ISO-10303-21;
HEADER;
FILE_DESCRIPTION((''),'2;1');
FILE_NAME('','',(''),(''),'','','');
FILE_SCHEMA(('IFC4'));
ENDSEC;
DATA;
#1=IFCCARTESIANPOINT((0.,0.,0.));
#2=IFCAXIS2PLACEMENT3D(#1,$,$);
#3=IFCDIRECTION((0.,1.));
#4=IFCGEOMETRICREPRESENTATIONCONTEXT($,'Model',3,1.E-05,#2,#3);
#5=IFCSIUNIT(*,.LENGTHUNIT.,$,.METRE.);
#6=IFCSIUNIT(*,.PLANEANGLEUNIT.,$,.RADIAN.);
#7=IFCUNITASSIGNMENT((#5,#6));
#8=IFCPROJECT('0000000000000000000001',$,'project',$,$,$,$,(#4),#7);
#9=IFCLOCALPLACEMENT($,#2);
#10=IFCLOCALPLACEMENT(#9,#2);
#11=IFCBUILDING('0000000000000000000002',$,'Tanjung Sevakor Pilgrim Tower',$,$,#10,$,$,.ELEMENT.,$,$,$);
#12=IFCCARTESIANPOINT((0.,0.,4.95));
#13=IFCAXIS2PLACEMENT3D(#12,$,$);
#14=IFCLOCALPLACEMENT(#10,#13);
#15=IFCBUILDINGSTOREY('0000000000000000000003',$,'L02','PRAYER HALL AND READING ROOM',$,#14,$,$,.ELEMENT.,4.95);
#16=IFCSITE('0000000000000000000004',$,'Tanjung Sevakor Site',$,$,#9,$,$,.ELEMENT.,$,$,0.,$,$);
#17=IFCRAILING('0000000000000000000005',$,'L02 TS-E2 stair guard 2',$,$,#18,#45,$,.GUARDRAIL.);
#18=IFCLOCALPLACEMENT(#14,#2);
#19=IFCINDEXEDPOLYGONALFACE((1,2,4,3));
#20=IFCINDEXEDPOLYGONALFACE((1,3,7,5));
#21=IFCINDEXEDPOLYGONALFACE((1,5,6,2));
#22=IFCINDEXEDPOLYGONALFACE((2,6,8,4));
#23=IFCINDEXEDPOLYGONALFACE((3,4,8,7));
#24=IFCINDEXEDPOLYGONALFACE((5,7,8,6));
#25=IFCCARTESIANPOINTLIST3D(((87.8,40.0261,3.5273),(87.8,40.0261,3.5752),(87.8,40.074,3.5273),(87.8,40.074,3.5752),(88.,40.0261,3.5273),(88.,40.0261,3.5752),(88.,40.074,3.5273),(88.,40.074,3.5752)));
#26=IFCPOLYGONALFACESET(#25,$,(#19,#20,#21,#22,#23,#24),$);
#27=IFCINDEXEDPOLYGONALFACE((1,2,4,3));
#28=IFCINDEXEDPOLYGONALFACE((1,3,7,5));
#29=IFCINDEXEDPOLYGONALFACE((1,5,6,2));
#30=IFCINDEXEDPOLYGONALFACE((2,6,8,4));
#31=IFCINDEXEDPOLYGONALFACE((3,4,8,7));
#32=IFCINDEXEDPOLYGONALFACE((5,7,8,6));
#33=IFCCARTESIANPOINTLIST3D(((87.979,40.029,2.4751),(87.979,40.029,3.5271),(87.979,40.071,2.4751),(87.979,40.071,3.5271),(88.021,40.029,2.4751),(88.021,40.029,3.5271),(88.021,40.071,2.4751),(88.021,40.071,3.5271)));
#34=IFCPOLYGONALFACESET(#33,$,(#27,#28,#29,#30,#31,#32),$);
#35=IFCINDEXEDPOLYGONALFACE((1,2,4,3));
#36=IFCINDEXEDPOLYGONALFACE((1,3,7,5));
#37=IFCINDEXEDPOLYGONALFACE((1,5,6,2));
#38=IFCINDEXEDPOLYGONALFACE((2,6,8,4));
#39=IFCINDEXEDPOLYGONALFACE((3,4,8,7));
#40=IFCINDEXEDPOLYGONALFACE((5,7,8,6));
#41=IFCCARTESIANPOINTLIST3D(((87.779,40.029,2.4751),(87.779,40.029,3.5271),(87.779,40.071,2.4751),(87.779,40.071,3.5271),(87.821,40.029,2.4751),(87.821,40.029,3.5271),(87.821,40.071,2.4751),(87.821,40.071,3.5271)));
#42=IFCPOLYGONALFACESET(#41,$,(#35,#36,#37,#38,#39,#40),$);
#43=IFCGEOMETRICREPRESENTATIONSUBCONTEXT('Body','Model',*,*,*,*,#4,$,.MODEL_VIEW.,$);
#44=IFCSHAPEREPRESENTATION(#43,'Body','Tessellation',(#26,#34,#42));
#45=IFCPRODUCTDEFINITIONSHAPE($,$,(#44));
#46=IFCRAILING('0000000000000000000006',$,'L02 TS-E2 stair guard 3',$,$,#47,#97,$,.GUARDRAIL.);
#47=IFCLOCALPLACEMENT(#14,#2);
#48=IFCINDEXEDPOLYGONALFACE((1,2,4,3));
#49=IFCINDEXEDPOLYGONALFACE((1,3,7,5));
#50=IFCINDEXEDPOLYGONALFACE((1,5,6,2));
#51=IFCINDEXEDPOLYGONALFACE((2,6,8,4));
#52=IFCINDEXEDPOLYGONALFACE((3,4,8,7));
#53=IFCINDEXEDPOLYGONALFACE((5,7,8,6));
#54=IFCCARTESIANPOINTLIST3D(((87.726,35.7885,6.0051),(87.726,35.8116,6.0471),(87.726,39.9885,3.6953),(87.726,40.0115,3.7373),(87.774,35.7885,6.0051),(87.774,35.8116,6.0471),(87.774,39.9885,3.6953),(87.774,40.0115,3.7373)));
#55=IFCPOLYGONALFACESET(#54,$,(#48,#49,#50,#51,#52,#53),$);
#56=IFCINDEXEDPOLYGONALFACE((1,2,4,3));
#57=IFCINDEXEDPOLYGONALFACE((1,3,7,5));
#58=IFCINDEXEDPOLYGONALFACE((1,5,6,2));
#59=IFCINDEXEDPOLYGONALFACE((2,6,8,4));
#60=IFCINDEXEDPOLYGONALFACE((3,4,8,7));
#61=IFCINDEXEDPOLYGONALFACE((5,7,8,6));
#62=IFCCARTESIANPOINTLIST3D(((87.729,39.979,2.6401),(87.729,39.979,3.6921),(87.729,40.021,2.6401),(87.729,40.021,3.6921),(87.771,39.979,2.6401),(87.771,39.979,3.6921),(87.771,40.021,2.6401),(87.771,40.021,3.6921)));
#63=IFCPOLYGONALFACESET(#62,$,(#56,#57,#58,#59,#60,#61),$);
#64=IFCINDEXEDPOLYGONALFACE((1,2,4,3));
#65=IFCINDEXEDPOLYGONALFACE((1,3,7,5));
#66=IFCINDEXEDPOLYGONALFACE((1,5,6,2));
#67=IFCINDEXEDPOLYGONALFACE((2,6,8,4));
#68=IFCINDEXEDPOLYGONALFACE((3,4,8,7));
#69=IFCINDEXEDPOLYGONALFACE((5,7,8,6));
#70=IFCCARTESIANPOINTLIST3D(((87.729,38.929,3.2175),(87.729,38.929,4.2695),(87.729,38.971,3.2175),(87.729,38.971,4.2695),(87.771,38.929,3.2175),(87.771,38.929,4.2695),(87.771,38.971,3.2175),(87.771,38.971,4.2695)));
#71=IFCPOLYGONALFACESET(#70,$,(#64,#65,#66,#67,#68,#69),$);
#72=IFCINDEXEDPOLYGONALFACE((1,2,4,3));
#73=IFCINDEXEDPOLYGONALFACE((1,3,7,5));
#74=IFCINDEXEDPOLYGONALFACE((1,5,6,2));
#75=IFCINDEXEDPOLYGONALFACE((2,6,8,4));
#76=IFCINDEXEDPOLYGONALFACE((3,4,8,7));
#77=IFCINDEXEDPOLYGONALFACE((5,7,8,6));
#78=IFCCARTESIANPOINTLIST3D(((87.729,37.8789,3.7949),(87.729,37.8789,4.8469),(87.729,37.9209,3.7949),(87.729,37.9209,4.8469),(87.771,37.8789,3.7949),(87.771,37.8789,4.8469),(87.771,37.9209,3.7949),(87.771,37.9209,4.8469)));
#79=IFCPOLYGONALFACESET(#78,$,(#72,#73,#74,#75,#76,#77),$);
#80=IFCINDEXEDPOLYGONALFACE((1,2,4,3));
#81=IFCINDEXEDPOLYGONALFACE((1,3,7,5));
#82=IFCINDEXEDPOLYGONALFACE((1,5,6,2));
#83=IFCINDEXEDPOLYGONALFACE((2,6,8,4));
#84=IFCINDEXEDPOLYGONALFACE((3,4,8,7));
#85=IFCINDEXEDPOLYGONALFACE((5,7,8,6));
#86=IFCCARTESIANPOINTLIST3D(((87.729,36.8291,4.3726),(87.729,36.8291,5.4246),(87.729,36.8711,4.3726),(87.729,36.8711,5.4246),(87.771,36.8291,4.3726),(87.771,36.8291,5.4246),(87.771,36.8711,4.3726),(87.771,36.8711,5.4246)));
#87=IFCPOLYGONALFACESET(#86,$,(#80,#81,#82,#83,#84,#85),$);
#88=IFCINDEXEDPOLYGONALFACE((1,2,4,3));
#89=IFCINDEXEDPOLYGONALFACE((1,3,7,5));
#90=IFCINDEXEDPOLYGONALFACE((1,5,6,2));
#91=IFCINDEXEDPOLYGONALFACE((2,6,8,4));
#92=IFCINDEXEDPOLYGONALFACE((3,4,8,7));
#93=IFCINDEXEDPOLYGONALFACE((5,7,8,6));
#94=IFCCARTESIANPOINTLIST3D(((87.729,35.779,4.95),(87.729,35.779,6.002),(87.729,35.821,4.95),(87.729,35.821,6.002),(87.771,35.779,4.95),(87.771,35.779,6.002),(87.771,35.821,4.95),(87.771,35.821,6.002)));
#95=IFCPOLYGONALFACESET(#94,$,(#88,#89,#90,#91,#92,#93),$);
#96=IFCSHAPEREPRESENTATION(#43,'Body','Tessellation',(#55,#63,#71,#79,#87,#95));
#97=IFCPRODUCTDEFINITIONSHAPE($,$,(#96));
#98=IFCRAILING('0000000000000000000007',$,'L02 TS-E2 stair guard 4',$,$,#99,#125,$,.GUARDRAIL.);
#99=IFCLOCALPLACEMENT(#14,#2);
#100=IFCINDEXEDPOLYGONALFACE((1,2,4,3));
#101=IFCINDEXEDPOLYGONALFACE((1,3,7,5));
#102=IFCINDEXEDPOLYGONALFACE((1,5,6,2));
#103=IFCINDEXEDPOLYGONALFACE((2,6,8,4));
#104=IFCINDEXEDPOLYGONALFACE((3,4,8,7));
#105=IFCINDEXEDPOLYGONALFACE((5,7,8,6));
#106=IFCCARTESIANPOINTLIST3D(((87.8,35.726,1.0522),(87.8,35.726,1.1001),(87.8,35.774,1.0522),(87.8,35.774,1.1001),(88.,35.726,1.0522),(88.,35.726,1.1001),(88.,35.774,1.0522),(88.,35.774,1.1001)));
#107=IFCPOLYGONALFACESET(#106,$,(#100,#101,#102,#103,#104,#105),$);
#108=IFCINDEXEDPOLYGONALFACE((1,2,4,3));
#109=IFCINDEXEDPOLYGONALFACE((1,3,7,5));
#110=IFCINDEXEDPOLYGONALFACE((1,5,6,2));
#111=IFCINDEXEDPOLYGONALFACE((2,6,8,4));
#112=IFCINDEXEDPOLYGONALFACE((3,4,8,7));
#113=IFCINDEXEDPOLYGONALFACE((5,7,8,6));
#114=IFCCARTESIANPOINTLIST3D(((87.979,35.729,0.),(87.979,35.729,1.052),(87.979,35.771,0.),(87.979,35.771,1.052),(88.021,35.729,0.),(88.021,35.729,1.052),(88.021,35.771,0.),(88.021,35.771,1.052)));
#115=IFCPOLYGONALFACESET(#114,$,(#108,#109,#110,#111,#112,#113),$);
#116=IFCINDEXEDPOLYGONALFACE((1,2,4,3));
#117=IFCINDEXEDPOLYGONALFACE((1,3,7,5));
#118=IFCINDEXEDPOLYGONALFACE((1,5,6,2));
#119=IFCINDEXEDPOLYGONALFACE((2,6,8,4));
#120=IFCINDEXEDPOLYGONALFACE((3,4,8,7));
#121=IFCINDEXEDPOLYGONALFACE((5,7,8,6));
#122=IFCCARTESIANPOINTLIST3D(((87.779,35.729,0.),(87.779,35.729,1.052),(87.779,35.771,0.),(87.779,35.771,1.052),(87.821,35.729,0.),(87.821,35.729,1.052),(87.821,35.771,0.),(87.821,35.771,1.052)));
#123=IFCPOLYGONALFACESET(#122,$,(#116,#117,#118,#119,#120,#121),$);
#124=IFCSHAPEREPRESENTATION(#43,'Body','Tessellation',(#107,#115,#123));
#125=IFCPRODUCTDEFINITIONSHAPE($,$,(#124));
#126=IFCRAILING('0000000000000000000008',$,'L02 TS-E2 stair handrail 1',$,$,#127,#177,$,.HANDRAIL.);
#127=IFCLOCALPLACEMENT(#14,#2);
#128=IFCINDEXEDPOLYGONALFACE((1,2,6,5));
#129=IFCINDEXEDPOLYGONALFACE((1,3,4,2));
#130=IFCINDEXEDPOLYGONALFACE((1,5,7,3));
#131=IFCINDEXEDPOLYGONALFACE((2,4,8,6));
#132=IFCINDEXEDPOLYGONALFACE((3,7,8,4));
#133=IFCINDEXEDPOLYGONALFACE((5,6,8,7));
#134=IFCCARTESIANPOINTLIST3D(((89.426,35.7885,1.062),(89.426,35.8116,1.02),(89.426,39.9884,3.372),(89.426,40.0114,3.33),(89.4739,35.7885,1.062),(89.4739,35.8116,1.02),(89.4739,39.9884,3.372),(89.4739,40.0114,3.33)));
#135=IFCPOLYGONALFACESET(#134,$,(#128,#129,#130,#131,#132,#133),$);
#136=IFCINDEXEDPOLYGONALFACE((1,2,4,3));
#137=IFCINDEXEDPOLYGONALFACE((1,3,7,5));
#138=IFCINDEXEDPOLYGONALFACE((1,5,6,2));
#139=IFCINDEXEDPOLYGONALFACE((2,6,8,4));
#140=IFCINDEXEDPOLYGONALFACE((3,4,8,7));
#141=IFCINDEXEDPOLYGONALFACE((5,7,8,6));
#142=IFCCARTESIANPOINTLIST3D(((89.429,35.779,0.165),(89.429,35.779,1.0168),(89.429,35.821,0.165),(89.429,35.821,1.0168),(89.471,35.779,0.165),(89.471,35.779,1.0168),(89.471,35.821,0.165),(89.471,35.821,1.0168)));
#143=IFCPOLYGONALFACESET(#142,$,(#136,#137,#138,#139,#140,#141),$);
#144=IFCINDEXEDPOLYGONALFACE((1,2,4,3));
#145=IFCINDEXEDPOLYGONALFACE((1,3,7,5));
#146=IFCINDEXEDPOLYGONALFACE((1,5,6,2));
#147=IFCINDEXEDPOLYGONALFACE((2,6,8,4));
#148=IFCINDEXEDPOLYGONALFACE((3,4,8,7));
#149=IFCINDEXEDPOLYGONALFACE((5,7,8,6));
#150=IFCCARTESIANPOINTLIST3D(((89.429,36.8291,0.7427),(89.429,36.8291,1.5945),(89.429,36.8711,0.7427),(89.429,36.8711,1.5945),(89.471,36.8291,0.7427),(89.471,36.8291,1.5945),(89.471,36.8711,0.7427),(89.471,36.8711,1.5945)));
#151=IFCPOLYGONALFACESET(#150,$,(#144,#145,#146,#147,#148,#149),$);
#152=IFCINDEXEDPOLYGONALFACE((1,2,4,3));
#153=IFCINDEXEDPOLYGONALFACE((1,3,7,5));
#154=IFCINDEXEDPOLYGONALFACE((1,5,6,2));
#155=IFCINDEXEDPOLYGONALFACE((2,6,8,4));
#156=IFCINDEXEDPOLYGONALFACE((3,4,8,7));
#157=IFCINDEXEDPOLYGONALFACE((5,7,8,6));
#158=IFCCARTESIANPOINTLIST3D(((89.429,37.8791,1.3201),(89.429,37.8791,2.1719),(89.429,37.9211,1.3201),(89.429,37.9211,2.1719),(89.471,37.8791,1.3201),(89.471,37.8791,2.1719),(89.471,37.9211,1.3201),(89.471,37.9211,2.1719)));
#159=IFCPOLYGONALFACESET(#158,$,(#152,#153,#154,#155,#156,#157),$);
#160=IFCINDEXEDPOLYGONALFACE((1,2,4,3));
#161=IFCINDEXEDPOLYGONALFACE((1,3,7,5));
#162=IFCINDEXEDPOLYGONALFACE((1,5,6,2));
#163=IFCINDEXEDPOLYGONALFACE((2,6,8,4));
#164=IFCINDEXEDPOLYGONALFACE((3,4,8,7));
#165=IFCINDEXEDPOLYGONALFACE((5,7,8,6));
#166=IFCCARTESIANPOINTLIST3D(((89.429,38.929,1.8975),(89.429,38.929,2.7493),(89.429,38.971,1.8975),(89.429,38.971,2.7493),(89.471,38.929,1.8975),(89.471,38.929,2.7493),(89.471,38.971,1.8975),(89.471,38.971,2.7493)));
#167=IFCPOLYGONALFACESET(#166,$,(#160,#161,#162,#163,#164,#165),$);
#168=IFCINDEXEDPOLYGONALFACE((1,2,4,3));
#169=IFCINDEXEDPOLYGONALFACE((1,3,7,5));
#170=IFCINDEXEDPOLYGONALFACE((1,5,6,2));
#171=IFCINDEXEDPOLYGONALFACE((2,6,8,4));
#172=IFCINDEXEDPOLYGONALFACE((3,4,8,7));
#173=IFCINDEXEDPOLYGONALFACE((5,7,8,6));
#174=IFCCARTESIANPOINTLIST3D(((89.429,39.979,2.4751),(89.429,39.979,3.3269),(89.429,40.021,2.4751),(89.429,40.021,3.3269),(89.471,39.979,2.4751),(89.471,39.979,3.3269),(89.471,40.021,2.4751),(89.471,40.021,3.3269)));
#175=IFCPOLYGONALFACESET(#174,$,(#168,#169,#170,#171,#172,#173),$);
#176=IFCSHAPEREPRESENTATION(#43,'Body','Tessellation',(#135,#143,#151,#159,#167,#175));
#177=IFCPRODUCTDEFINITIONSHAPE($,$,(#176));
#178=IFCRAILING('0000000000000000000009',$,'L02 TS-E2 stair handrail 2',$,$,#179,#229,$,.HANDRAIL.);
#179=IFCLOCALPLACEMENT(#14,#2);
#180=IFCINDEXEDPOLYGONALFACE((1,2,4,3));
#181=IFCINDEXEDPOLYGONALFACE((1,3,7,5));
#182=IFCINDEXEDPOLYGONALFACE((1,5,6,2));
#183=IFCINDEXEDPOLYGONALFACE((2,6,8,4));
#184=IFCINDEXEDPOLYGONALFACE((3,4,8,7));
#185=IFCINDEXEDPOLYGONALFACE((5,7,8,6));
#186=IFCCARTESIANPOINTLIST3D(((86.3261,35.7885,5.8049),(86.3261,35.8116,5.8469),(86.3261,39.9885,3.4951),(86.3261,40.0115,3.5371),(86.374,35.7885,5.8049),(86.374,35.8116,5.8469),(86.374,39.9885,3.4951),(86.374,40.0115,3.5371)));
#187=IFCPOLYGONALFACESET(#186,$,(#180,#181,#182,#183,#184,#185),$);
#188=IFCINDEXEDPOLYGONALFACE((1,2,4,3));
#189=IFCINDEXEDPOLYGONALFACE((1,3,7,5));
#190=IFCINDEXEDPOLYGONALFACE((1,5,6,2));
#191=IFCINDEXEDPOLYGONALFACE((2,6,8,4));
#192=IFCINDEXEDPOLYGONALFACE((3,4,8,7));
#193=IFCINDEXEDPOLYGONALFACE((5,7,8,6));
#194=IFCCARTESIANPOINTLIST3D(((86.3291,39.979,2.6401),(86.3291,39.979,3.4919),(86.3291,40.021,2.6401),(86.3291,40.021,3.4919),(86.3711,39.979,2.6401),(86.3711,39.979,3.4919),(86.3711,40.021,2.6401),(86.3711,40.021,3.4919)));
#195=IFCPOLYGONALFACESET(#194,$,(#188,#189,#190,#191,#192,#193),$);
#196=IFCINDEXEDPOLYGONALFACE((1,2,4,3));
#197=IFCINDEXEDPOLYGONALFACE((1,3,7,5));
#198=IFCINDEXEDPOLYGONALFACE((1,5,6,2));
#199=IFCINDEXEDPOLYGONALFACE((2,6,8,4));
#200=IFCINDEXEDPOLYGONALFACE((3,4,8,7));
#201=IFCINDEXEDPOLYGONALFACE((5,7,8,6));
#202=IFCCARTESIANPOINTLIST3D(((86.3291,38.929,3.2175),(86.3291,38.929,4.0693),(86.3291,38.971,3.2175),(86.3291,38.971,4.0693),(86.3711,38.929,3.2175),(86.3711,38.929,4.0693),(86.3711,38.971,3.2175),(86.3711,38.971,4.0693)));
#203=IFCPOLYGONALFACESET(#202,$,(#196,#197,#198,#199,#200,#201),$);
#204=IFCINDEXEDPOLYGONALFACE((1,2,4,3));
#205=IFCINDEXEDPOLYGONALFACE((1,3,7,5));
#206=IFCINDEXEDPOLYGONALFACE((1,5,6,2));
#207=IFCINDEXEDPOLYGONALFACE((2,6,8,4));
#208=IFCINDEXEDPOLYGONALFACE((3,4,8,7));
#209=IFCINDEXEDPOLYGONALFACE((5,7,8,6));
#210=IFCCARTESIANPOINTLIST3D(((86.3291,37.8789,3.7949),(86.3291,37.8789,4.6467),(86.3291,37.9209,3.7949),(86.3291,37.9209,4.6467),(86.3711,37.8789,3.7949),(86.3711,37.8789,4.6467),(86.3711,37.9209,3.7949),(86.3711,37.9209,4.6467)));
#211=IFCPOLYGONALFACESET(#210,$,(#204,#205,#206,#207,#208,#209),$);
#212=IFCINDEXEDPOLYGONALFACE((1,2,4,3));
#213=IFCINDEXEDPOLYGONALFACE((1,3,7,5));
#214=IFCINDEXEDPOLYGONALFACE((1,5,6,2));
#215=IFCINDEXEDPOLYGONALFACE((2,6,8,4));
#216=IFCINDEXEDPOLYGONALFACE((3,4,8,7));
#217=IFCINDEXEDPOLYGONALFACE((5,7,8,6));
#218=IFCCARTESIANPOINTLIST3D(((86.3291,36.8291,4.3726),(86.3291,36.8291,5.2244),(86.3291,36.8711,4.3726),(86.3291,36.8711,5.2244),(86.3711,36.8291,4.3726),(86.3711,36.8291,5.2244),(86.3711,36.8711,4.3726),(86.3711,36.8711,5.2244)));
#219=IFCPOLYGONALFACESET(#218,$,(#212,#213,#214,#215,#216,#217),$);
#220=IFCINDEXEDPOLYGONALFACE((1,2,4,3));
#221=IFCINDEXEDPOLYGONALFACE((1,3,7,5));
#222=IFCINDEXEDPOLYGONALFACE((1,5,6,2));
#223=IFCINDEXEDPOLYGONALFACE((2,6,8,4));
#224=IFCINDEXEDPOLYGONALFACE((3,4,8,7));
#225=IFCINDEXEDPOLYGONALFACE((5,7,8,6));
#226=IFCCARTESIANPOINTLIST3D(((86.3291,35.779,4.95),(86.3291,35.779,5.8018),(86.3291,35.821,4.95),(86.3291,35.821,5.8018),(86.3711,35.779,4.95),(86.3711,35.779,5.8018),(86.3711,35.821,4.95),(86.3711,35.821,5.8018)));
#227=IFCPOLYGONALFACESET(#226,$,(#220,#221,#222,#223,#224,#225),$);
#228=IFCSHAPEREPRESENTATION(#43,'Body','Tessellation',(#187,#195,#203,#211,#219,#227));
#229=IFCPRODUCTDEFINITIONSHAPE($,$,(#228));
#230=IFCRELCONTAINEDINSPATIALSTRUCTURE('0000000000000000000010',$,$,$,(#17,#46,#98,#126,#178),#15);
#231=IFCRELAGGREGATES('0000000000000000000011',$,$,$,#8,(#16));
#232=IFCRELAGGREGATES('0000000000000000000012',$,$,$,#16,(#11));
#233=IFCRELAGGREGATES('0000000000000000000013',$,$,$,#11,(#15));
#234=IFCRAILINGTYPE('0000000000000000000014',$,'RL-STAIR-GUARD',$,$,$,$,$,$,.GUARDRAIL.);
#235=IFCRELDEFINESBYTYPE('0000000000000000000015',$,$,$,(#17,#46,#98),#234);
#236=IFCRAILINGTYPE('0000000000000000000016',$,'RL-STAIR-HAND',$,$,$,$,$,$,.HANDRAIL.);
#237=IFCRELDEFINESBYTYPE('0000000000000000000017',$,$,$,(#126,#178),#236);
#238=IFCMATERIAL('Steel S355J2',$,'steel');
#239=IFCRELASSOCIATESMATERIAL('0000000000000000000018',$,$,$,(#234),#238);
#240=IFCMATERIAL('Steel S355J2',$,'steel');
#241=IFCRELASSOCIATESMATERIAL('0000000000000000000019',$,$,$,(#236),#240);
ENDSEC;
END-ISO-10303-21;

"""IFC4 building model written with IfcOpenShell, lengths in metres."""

from ifc_helpers import new_model, si_unit, direction, frame, origin, place, context, subcontext, project, spatial, rectangle, extrude, material, type_object, element, save


model = new_model("IFC4")

# Units and contexts
model_context = context("Model", 3, precision=1e-05, world=origin(), true_north=direction((0.0, 1.0)))
body_context = subcontext(model_context, "Body", "Model", "MODEL_VIEW")
ifc_project = project(units=[si_unit("LENGTHUNIT", "METRE"), si_unit("PLANEANGLEUNIT", "RADIAN")], contexts=[model_context])

# Site, building, storey
site_placement = place(None, origin())
site = spatial("IfcSite", under=ifc_project, at=site_placement, Name="Tanjung Sevakor Site", CompositionType="ELEMENT", RefElevation=0.0)
building_placement = place(site_placement, origin())
building = spatial("IfcBuilding", under=site, at=building_placement, Name="Tanjung Sevakor Pilgrim Tower", CompositionType="ELEMENT")
storey_placement = place(building_placement, frame((0.0, 0.0, 4.95)))
storey = spatial("IfcBuildingStorey", under=building, at=storey_placement, Name="L02", Description="PRAYER HALL AND READING ROOM", CompositionType="ELEMENT", Elevation=4.95)

# Railings
ifc_material_1 = material(Name="Steel S355J2", Category="steel")
railing_type_1 = type_object("IfcRailingType", Name="RL-STAIR-GUARD", PredefinedType="GUARDRAIL", material=ifc_material_1)
railing_1_placement = place(storey_placement, frame((88.0, 40.05, 2.4751)))
element("IfcRailing", 1, at=railing_1_placement, inside=storey, type_object=railing_type_1, Name="L02 TS-E2 stair guard 2", PredefinedType="GUARDRAIL", context=body_context, shape_type="SweptSolid", body=[
    extrude(rectangle(XDim=0.0479, YDim=0.0479), frame((0.0, 0.0, 1.0762), z_axis=(-1.0, 0.0, 0.0), x_axis=(0.0, -1.0, 0.0)), (0.0, 0.0, 1.0), 0.2),
    extrude(rectangle(XDim=0.042, YDim=0.042), origin(), (0.0, 0.0, 1.0), 1.052),
    extrude(rectangle(XDim=0.042, YDim=0.042), frame((-0.2, 0.0, 0.0)), (0.0, 0.0, 1.0), 1.052),
])
railing_2_placement = place(storey_placement, frame((87.75, 40.0, 2.6401)))
element("IfcRailing", 2, at=railing_2_placement, inside=storey, type_object=railing_type_1, Name="L02 TS-E2 stair guard 3", PredefinedType="GUARDRAIL", context=body_context, shape_type="SweptSolid", body=[
    extrude(rectangle(XDim=0.0479, YDim=0.0479), frame((0.0, 0.0, 1.0762), z_axis=(0.0, -0.87623, 0.481893), x_axis=(1.0, 0.0, 0.0)), (0.0, 0.0, 1.0), 4.7932),
    extrude(rectangle(XDim=0.042, YDim=0.042), origin(), (0.0, 0.0, 1.0), 1.052),
    extrude(rectangle(XDim=0.042, YDim=0.042), frame((0.0, -1.05, 0.5774)), (0.0, 0.0, 1.0), 1.052),
    extrude(rectangle(XDim=0.042, YDim=0.042), frame((0.0, -2.1001, 1.1548)), (0.0, 0.0, 1.0), 1.052),
    extrude(rectangle(XDim=0.042, YDim=0.042), frame((0.0, -3.1499, 1.7324)), (0.0, 0.0, 1.0), 1.052),
    extrude(rectangle(XDim=0.042, YDim=0.042), frame((0.0, -4.2, 2.3098)), (0.0, 0.0, 1.0), 1.052),
])
railing_3_placement = place(storey_placement, frame((88.0, 35.75, 0.0)))
element("IfcRailing", 3, at=railing_3_placement, inside=storey, type_object=railing_type_1, Name="L02 TS-E2 stair guard 4", PredefinedType="GUARDRAIL", context=body_context, shape_type="SweptSolid", body=[
    extrude(rectangle(XDim=0.0479, YDim=0.0479), frame((0.0, 0.0, 1.0762), z_axis=(-1.0, 0.0, 0.0), x_axis=(0.0, -1.0, 0.0)), (0.0, 0.0, 1.0), 0.2),
    extrude(rectangle(XDim=0.042, YDim=0.042), origin(), (0.0, 0.0, 1.0), 1.052),
    extrude(rectangle(XDim=0.042, YDim=0.042), frame((-0.2, 0.0, 0.0)), (0.0, 0.0, 1.0), 1.052),
])
ifc_material_2 = material(Name="Steel S355J2", Category="steel")
railing_type_2 = type_object("IfcRailingType", Name="RL-STAIR-HAND", PredefinedType="HANDRAIL", material=ifc_material_2)
railing_4_placement = place(storey_placement, frame((89.45, 35.8, 0.165)))
element("IfcRailing", 4, at=railing_4_placement, inside=storey, type_object=railing_type_2, Name="L02 TS-E2 stair handrail 1", PredefinedType="HANDRAIL", context=body_context, shape_type="SweptSolid", body=[
    extrude(rectangle(XDim=0.0479, YDim=0.0479), frame((0.0, 0.0, 0.876), z_axis=(0.0, 0.876208, 0.481932), x_axis=(-1.0, 0.0, 0.0)), (0.0, 0.0, 1.0), 4.7932),
    extrude(rectangle(XDim=0.042, YDim=0.042), origin(), (0.0, 0.0, 1.0), 0.8518),
    extrude(rectangle(XDim=0.042, YDim=0.042), frame((0.0, 1.05, 0.5776)), (0.0, 0.0, 1.0), 0.8518),
    extrude(rectangle(XDim=0.042, YDim=0.042), frame((0.0, 2.1001, 1.155)), (0.0, 0.0, 1.0), 0.8518),
    extrude(rectangle(XDim=0.042, YDim=0.042), frame((0.0, 3.1499, 1.7324)), (0.0, 0.0, 1.0), 0.8518),
    extrude(rectangle(XDim=0.042, YDim=0.042), frame((0.0, 4.2, 2.3101)), (0.0, 0.0, 1.0), 0.8518),
])
railing_5_placement = place(storey_placement, frame((86.3501, 40.0, 2.6401)))
element("IfcRailing", 5, at=railing_5_placement, inside=storey, type_object=railing_type_2, Name="L02 TS-E2 stair handrail 2", PredefinedType="HANDRAIL", context=body_context, shape_type="SweptSolid", body=[
    extrude(rectangle(XDim=0.0479, YDim=0.0479), frame((0.0, 0.0, 0.876), z_axis=(0.0, -0.87623, 0.481893), x_axis=(1.0, 0.0, 0.0)), (0.0, 0.0, 1.0), 4.7932),
    extrude(rectangle(XDim=0.042, YDim=0.042), origin(), (0.0, 0.0, 1.0), 0.8518),
    extrude(rectangle(XDim=0.042, YDim=0.042), frame((0.0, -1.05, 0.5774)), (0.0, 0.0, 1.0), 0.8518),
    extrude(rectangle(XDim=0.042, YDim=0.042), frame((0.0, -2.1001, 1.1548)), (0.0, 0.0, 1.0), 0.8518),
    extrude(rectangle(XDim=0.042, YDim=0.042), frame((0.0, -3.1499, 1.7324)), (0.0, 0.0, 1.0), 0.8518),
    extrude(rectangle(XDim=0.042, YDim=0.042), frame((0.0, -4.2, 2.3098)), (0.0, 0.0, 1.0), 0.8518),
])

save(model, "model.ifc")
